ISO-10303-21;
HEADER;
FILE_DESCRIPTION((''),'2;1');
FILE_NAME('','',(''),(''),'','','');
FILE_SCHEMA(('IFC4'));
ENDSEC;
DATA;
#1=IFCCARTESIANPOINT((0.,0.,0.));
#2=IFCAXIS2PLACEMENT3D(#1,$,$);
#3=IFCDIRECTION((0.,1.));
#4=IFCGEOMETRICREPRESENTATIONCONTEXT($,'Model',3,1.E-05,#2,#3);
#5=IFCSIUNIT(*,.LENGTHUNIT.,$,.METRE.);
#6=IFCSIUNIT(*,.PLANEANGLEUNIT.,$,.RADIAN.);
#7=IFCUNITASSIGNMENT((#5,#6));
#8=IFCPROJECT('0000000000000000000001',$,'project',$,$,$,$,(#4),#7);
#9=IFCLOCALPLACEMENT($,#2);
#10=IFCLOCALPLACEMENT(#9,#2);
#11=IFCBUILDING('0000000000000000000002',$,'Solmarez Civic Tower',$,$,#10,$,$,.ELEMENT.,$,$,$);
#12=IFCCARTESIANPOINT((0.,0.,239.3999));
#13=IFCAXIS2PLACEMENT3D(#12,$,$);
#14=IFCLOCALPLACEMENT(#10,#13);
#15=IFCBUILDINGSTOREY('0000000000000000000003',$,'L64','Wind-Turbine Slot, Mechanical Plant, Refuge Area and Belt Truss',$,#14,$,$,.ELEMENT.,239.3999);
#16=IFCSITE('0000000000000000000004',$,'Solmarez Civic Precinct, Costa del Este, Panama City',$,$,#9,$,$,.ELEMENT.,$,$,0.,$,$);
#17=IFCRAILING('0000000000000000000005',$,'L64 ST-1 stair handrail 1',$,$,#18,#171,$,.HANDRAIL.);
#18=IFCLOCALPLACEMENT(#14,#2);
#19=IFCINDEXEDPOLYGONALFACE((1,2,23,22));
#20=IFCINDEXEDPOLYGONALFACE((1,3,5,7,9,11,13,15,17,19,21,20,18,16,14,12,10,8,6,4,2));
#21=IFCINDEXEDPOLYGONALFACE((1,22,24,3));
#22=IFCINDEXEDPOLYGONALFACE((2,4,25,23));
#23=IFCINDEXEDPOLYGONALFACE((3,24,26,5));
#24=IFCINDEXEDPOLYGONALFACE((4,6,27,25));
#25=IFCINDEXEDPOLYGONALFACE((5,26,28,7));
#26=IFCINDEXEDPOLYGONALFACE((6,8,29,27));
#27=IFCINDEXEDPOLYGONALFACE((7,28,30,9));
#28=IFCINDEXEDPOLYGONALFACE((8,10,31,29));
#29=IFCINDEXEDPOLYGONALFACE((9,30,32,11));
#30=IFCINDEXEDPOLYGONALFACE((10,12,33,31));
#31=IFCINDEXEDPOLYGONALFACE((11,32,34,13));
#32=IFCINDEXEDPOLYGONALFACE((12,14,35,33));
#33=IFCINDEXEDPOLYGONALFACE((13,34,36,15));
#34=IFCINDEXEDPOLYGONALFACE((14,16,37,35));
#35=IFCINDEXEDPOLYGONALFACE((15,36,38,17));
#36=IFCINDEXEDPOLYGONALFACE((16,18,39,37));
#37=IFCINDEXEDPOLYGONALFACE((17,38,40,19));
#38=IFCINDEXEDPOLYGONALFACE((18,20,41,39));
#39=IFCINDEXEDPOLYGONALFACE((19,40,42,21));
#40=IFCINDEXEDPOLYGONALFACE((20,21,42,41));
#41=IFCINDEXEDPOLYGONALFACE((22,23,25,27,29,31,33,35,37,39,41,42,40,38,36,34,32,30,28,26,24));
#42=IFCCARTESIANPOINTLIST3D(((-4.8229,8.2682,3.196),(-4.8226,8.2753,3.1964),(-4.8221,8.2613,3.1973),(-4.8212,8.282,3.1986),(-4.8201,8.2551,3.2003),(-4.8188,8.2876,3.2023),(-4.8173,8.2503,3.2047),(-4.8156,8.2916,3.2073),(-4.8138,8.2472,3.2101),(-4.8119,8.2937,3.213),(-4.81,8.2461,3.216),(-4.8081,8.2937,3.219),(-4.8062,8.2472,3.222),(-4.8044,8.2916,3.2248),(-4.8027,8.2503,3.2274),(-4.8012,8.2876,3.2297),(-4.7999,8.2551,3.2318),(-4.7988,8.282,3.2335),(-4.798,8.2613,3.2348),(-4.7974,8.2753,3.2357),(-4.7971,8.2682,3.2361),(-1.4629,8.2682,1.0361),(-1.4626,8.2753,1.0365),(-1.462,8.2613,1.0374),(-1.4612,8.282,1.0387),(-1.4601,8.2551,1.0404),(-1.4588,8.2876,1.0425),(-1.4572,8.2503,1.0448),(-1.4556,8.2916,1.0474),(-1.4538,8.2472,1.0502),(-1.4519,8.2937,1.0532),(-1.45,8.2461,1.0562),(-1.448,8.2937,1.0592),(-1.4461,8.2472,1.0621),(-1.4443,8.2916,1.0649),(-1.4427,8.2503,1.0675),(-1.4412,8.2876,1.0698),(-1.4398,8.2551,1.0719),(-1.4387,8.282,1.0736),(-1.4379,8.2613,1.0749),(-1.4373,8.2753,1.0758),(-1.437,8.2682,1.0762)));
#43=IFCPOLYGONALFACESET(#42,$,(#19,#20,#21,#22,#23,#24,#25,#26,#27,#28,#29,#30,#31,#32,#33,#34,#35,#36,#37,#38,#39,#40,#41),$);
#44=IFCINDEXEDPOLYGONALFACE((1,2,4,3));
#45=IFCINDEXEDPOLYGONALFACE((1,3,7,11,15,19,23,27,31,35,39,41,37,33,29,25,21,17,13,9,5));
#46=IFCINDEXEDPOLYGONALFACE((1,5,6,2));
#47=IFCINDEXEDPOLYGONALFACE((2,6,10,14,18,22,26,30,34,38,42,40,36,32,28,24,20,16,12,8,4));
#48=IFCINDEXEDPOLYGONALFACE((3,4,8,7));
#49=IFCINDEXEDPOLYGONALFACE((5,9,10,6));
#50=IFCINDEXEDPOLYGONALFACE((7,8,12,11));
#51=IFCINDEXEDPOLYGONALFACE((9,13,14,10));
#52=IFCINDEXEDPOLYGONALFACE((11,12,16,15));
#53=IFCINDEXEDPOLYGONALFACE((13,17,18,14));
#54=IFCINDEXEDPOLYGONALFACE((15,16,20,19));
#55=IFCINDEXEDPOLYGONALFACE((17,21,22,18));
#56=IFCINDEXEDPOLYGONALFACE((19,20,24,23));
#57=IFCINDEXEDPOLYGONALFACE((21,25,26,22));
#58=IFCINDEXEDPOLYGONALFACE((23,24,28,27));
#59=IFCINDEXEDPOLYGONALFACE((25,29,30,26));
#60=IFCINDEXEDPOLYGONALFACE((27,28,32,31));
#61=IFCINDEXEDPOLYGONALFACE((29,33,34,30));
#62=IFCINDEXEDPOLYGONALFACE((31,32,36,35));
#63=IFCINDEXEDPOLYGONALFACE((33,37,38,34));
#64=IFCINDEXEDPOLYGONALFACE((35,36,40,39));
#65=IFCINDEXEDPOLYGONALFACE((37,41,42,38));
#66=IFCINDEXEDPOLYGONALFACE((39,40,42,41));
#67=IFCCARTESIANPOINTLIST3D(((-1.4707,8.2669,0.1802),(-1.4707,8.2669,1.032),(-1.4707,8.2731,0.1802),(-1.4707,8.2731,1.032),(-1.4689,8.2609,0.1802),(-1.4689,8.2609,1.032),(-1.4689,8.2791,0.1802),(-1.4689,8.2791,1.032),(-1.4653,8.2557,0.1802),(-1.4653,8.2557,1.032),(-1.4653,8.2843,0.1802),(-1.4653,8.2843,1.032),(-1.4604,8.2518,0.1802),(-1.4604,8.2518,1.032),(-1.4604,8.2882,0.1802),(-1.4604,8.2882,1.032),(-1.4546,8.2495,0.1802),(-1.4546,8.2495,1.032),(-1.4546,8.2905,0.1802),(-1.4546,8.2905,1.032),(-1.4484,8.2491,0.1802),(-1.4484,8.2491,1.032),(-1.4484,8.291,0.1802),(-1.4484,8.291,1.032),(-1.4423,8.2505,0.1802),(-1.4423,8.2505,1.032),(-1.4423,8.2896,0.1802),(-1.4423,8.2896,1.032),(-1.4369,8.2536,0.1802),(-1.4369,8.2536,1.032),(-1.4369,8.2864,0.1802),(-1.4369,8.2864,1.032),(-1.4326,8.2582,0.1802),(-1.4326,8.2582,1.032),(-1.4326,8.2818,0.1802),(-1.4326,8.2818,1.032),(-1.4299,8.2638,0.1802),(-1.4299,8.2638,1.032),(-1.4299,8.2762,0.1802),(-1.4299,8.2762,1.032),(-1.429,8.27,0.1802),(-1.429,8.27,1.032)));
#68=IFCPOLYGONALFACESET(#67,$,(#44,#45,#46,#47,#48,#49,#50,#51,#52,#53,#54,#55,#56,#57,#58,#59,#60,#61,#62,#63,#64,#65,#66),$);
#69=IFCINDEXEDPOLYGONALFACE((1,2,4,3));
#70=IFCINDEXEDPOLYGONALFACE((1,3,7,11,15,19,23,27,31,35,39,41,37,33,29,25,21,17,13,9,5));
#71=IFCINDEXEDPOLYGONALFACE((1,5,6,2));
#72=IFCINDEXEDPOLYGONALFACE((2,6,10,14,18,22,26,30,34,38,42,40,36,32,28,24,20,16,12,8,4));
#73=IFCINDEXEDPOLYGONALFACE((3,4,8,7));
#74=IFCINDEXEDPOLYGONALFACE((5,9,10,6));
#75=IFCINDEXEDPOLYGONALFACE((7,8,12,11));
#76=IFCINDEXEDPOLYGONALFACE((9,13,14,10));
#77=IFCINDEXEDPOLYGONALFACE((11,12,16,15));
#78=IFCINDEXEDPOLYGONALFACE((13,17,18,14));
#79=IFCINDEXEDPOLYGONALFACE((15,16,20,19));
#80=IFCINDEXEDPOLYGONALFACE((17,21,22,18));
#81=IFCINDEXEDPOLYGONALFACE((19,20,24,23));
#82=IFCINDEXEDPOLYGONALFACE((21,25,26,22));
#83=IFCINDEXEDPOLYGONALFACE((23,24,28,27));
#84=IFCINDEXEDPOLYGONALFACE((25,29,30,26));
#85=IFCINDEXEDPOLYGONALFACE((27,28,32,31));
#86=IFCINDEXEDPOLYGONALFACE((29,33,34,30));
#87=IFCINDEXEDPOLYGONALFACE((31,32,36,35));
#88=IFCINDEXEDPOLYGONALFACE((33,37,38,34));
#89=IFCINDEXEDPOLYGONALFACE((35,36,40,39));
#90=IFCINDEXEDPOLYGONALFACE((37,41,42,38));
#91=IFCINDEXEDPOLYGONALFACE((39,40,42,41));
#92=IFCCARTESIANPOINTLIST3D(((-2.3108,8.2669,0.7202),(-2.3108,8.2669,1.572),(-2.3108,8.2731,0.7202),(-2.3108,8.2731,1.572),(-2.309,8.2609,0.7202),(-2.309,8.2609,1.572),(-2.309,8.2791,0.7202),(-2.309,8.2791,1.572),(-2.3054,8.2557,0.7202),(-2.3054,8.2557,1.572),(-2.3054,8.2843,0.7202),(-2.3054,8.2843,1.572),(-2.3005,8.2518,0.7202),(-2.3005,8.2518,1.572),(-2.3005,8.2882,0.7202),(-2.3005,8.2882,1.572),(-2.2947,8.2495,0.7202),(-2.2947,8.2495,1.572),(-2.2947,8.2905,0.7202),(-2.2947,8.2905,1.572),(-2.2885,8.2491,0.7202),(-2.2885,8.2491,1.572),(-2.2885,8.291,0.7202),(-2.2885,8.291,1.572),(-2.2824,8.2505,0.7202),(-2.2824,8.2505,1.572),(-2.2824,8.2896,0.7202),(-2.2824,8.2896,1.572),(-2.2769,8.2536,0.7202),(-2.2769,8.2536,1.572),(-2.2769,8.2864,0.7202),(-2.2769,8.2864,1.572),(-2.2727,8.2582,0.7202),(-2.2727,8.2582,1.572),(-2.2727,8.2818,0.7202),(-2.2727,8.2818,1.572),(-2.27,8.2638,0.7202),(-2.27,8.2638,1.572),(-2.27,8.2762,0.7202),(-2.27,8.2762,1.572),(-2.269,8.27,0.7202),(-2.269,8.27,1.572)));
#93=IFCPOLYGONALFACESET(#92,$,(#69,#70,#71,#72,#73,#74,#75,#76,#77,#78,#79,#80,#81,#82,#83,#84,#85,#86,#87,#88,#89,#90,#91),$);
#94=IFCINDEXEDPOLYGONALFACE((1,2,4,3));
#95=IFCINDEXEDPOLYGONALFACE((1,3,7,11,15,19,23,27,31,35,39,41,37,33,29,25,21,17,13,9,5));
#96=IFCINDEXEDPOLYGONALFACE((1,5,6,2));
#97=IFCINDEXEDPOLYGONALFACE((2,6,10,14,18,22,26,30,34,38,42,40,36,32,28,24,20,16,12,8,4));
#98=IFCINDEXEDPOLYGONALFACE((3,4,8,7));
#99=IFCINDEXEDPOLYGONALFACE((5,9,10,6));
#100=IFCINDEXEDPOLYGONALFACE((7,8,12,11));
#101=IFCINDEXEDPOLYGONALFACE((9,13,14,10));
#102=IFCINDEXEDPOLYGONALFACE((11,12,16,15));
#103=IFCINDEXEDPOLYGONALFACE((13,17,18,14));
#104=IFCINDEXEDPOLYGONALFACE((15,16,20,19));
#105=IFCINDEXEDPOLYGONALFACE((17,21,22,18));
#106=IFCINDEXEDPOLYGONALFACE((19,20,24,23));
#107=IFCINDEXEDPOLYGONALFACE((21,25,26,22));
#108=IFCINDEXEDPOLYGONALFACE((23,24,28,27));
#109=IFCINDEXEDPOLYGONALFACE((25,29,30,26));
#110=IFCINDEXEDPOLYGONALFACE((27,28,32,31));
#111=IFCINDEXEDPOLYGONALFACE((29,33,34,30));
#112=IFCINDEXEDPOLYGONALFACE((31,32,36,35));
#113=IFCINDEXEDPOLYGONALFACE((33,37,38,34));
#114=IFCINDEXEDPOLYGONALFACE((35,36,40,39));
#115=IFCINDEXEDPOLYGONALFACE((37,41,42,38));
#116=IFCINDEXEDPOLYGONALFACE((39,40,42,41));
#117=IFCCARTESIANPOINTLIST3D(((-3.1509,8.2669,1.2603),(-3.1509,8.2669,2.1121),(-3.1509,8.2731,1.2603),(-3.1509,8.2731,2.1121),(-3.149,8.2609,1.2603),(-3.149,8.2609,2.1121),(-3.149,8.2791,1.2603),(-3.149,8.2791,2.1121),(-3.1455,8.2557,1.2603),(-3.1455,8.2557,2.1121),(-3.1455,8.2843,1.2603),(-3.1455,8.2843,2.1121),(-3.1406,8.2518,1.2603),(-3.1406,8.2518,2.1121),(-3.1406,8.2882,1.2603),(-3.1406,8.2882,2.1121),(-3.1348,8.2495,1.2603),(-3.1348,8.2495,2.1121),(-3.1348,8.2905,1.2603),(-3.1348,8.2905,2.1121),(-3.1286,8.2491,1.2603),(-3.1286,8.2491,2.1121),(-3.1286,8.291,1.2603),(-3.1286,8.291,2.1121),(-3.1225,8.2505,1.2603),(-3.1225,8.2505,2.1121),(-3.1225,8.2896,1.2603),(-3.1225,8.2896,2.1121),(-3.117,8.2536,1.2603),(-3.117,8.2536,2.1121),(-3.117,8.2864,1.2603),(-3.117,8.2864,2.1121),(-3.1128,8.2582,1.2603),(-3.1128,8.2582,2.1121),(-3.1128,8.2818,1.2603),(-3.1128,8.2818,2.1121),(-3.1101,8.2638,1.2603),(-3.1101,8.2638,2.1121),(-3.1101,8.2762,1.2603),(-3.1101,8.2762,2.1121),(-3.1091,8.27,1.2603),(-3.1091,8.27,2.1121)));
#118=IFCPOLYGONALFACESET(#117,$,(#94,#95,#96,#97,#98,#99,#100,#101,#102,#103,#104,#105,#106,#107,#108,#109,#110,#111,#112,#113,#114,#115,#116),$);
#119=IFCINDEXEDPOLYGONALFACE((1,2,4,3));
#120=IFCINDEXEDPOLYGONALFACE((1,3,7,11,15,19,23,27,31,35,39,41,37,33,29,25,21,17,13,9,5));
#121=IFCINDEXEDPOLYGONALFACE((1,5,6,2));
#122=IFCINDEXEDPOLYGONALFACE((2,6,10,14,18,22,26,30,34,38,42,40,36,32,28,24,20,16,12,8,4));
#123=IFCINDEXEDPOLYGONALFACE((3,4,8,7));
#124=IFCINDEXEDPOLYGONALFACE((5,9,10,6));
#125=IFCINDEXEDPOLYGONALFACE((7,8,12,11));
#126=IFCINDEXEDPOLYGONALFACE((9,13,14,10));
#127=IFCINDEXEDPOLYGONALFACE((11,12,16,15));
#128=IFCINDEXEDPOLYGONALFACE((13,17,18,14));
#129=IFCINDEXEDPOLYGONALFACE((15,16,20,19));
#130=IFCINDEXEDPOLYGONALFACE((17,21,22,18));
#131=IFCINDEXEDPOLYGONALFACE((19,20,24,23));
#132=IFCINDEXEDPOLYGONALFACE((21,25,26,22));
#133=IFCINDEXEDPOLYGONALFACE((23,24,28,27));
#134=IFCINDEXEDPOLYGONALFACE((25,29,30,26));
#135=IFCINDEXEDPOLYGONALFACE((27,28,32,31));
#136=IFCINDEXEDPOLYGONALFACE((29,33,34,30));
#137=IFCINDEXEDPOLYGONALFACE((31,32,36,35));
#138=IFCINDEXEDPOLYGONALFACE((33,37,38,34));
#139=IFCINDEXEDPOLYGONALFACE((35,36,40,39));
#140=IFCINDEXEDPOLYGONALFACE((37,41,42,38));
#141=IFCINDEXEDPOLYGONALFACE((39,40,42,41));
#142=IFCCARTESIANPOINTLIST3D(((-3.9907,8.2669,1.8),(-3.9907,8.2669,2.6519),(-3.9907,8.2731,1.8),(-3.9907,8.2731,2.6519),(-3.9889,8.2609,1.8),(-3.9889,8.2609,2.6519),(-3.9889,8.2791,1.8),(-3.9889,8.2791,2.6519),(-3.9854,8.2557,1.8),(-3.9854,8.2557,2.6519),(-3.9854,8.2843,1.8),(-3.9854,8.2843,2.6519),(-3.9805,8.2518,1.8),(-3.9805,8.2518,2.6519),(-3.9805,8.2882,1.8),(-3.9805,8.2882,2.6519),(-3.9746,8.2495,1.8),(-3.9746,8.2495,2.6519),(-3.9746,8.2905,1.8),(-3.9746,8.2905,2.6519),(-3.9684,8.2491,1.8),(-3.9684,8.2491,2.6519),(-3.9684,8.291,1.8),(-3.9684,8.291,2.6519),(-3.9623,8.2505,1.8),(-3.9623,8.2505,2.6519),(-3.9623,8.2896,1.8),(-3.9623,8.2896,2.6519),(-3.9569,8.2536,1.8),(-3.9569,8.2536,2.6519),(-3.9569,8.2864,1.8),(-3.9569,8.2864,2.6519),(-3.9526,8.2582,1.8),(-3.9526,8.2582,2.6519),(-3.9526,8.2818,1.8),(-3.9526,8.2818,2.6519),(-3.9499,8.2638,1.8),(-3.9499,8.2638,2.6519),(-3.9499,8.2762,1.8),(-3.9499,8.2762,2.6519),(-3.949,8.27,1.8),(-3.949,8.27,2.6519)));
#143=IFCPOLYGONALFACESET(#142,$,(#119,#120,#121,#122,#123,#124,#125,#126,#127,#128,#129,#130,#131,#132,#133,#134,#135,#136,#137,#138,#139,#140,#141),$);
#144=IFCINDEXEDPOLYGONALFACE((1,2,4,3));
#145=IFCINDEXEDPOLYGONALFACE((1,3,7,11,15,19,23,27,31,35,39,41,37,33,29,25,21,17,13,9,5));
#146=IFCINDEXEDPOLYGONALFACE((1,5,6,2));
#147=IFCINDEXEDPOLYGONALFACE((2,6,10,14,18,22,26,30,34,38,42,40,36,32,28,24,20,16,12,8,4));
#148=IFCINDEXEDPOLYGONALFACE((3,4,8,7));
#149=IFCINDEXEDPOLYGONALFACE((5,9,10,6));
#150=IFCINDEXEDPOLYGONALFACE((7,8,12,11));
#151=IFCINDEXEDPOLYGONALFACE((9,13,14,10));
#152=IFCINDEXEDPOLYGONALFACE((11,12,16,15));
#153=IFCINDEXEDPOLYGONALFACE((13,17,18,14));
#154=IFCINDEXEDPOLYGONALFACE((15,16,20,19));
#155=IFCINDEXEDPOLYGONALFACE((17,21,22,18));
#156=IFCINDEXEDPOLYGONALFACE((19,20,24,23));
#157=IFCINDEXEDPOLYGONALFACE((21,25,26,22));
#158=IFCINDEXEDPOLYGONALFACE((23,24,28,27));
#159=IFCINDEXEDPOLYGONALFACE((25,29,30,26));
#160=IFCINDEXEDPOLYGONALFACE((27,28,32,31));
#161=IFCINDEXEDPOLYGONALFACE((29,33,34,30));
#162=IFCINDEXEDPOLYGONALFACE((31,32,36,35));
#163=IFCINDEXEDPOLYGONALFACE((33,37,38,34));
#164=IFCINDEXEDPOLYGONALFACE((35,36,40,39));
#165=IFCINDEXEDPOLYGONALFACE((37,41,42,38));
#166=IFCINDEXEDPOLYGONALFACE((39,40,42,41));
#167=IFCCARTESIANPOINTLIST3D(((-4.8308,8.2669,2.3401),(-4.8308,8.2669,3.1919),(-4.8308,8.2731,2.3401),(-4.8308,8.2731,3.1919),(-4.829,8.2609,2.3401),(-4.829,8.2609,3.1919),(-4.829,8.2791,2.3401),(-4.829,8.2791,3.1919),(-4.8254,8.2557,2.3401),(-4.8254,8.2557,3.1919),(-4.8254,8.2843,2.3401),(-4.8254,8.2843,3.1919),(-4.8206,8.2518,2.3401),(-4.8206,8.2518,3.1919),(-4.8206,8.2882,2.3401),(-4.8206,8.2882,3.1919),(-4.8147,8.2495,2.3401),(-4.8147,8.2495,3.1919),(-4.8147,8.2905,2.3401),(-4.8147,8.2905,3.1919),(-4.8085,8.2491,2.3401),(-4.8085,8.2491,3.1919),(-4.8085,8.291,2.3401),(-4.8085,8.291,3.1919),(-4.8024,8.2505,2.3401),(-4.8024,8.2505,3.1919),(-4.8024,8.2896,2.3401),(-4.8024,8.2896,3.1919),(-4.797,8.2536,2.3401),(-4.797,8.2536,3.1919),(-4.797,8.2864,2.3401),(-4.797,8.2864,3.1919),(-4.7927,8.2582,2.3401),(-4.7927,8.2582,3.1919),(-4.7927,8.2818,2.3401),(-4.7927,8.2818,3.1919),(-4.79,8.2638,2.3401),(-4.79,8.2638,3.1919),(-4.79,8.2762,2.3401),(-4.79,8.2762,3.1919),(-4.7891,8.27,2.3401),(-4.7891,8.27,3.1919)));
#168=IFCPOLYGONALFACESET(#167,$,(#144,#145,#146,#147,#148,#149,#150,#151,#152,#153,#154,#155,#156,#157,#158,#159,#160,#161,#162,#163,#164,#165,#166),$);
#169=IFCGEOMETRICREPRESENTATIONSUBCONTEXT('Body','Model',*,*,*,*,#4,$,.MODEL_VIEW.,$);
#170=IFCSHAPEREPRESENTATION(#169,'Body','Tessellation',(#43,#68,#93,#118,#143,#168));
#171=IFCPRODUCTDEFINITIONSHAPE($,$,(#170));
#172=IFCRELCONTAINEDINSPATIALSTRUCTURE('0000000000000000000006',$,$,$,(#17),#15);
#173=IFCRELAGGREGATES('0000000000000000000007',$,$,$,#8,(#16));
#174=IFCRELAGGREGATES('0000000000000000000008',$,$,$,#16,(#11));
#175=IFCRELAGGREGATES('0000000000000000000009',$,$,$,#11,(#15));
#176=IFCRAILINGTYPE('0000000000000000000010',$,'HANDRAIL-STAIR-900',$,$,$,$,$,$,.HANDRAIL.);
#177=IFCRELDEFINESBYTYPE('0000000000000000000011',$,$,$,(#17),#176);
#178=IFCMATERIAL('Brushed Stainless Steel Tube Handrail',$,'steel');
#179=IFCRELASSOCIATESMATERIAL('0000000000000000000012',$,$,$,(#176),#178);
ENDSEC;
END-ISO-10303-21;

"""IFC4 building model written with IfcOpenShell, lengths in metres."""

from ifc_helpers import new_model, si_unit, direction, frame, origin, origin_2d, place, context, subcontext, project, spatial, circle, extrude, material, type_object, element, save


model = new_model("IFC4")

# Units and contexts
model_context = context("Model", 3, precision=1e-05, world=origin(), true_north=direction((0.0, 1.0)))
body_context = subcontext(model_context, "Body", "Model", "MODEL_VIEW")
ifc_project = project(units=[si_unit("LENGTHUNIT", "METRE"), si_unit("PLANEANGLEUNIT", "RADIAN")], contexts=[model_context])

# Site, building, storey
site_placement = place(None, origin())
site = spatial("IfcSite", under=ifc_project, at=site_placement, Name="Solmarez Civic Precinct, Costa del Este, Panama City", CompositionType="ELEMENT", RefElevation=0.0)
building_placement = place(site_placement, origin())
building = spatial("IfcBuilding", under=site, at=building_placement, Name="Solmarez Civic Tower", CompositionType="ELEMENT")
storey_placement = place(building_placement, frame((0.0, 0.0, 239.3999)))
storey = spatial("IfcBuildingStorey", under=building, at=storey_placement, Name="L64", Description="Wind-Turbine Slot, Mechanical Plant, Refuge Area and Belt Truss", CompositionType="ELEMENT", Elevation=239.3999)

# Railing
ifc_material_1 = material(Name="Brushed Stainless Steel Tube Handrail", Category="steel")
railing_type_1 = type_object("IfcRailingType", Name="HANDRAIL-STAIR-900", PredefinedType="HANDRAIL", material=ifc_material_1)
railing_1_placement = place(storey_placement, frame((-1.45, 8.27, 0.1802)))
element("IfcRailing", 1, at=railing_1_placement, inside=storey, type_object=railing_type_1, Name="L64 ST-1 stair handrail 1", PredefinedType="HANDRAIL", context=body_context, shape_type="SweptSolid", body=[
    extrude(circle(Radius=0.0239, at=origin_2d()), frame((0.0, 0.0, 0.876), z_axis=(-0.841196, 0.0, 0.54073), x_axis=(0.0, -1.0, 0.0)), (0.0, 0.0, 1.0), 3.9944),
    extrude(circle(Radius=0.021, at=origin_2d()), origin(), (0.0, 0.0, 1.0), 0.8518),
    extrude(circle(Radius=0.021, at=origin_2d()), frame((-0.8401, 0.0, 0.54)), (0.0, 0.0, 1.0), 0.8518),
    extrude(circle(Radius=0.021, at=origin_2d()), frame((-1.6802, 0.0, 1.0801)), (0.0, 0.0, 1.0), 0.8518),
    extrude(circle(Radius=0.021, at=origin_2d()), frame((-2.52, 0.0, 1.6199)), (0.0, 0.0, 1.0), 0.8518),
    extrude(circle(Radius=0.021, at=origin_2d()), frame((-3.3601, 0.0, 2.1599)), (0.0, 0.0, 1.0), 0.8518),
])

save(model, "model.ifc")
